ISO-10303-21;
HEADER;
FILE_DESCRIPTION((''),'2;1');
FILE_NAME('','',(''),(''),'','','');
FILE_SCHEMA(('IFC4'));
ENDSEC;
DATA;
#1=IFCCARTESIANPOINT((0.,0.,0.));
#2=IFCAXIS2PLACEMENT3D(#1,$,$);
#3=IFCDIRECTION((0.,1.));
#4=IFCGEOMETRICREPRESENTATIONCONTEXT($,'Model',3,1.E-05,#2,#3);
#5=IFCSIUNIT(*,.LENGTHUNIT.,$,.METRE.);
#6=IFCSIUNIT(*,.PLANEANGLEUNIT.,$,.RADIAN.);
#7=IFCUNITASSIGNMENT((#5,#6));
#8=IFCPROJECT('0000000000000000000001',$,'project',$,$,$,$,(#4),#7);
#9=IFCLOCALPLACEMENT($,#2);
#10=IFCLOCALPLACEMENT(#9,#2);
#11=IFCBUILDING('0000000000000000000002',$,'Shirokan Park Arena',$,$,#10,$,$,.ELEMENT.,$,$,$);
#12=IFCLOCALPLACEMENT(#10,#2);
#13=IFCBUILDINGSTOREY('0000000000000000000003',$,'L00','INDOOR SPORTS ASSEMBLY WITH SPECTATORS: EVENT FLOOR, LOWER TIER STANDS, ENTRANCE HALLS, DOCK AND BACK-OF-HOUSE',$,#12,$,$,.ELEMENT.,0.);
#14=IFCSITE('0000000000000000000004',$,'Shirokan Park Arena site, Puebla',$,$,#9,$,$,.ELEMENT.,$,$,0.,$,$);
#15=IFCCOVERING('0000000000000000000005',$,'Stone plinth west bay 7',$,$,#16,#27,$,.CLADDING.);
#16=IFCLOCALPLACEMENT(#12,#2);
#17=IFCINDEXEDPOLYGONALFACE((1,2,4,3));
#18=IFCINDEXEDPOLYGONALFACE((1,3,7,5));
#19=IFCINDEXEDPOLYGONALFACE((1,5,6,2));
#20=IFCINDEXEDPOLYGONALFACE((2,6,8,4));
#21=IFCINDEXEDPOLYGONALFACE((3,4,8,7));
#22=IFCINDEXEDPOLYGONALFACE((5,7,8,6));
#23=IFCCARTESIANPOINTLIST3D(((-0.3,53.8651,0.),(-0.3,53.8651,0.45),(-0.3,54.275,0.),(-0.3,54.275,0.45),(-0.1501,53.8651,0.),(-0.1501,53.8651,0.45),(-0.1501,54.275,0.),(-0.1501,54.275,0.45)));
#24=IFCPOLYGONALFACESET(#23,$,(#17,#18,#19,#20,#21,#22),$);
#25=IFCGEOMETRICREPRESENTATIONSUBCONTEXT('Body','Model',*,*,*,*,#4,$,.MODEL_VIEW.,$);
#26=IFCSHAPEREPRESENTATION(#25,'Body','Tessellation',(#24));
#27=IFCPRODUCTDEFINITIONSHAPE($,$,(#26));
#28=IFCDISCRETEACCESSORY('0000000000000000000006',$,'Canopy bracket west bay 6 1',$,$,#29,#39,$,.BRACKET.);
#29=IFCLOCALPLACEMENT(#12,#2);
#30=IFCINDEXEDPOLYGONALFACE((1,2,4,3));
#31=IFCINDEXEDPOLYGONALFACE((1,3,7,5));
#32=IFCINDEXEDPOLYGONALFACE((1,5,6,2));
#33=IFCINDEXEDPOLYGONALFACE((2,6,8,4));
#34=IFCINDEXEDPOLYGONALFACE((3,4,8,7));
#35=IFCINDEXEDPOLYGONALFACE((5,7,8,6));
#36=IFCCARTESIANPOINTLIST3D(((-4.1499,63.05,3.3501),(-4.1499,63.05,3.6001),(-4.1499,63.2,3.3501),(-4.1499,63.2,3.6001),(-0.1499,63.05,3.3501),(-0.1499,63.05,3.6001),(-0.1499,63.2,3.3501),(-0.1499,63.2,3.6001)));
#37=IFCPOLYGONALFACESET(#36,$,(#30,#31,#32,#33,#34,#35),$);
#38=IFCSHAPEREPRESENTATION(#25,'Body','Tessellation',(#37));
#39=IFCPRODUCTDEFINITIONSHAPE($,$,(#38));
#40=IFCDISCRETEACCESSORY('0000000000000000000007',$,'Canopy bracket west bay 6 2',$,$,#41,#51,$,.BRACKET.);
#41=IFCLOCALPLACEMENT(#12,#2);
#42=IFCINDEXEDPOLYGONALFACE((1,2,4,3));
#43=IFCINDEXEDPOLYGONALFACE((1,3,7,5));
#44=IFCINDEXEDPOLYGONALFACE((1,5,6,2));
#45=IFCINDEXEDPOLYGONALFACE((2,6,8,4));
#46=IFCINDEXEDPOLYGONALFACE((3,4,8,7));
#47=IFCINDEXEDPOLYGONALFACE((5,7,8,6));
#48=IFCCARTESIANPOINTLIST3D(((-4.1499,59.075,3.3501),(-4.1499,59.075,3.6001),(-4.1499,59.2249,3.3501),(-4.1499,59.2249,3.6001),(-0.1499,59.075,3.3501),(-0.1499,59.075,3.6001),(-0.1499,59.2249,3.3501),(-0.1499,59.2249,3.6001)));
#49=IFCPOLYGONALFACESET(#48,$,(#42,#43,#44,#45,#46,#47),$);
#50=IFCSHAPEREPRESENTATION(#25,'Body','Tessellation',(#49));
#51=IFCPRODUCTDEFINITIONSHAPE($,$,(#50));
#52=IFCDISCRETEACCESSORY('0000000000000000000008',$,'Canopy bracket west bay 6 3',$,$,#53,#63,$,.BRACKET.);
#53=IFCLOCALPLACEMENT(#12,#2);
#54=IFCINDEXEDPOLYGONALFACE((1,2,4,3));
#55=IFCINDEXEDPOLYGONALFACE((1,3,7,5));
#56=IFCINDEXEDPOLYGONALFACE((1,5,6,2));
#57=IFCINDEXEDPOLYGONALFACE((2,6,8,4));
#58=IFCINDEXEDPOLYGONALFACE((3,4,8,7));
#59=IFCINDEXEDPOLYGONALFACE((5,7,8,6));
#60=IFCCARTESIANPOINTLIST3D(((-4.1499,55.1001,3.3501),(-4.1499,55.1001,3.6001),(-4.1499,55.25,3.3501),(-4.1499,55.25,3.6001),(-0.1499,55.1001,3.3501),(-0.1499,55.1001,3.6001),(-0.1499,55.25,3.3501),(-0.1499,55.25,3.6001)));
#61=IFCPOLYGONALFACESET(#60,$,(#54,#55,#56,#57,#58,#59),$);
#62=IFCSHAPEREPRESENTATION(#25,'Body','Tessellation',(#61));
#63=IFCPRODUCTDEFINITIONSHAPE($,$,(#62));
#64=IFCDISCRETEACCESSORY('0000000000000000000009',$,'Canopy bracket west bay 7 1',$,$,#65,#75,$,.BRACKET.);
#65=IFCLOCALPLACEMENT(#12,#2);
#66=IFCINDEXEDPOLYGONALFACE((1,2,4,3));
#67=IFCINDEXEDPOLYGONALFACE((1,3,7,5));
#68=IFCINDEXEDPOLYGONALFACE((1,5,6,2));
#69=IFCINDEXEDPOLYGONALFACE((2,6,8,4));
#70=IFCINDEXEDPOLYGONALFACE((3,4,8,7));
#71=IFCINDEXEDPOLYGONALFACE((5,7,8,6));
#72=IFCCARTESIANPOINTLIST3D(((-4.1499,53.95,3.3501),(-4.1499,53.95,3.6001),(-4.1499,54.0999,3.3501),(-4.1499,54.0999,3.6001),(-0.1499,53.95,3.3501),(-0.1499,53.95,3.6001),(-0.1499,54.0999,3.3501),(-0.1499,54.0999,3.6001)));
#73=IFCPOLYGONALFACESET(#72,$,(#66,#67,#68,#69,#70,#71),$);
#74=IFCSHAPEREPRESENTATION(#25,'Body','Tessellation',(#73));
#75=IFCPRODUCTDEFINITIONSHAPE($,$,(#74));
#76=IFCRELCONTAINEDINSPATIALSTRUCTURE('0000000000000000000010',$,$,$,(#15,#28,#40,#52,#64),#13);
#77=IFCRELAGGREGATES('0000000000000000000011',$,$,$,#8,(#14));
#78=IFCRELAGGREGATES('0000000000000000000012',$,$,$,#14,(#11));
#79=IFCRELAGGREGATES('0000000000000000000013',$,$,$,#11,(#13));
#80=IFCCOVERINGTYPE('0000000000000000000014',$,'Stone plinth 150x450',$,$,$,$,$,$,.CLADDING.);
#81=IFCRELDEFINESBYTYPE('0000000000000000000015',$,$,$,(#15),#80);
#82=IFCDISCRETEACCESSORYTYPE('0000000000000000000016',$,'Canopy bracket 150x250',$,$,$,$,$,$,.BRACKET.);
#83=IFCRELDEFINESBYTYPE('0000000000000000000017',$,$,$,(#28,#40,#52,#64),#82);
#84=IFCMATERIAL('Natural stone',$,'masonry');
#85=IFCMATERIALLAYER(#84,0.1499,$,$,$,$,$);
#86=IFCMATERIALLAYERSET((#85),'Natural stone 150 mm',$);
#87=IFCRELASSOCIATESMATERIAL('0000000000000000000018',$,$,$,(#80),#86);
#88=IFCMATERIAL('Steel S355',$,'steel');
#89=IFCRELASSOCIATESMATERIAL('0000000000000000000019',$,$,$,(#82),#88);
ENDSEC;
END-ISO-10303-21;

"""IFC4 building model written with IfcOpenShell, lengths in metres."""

from ifc_helpers import new_model, si_unit, direction, frame, origin, origin_2d, place, context, subcontext, project, spatial, rectangle, extrude, material, layer, layer_set, type_object, element, save


model = new_model("IFC4")

# Units and contexts
model_context = context("Model", 3, precision=1e-05, world=origin(), true_north=direction((0.0, 1.0)))
body_context = subcontext(model_context, "Body", "Model", "MODEL_VIEW")
ifc_project = project(units=[si_unit("LENGTHUNIT", "METRE"), si_unit("PLANEANGLEUNIT", "RADIAN")], contexts=[model_context])

# Site, building, storey
site_placement = place(None, origin())
site = spatial("IfcSite", under=ifc_project, at=site_placement, Name="Shirokan Park Arena site, Puebla", CompositionType="ELEMENT", RefElevation=0.0)
building_placement = place(site_placement, origin())
building = spatial("IfcBuilding", under=site, at=building_placement, Name="Shirokan Park Arena", CompositionType="ELEMENT")
storey_placement = place(building_placement, origin())
storey = spatial("IfcBuildingStorey", under=building, at=storey_placement, Name="L00", Description="INDOOR SPORTS ASSEMBLY WITH SPECTATORS: EVENT FLOOR, LOWER TIER STANDS, ENTRANCE HALLS, DOCK AND BACK-OF-HOUSE", CompositionType="ELEMENT", Elevation=0.0)

# Shared definitions
ifc_material_1 = material(Name="Steel S355", Category="steel")

# Covering
ifc_material_2 = material(Name="Natural stone", Category="masonry")
ifc_layer_1 = layer(ifc_material_2, 0.1499)
ifc_layer_set_1 = layer_set([ifc_layer_1], Name="Natural stone 150 mm")
covering_type_1 = type_object("IfcCoveringType", Name="Stone plinth 150x450", PredefinedType="CLADDING", material=ifc_layer_set_1)
for number, where, z_axis, x_axis, name in (
    (1, (-0.2251, 54.0701, 0.0), (0.0, 0.0, 1.0), (0.0, -1.0, 0.0), "Stone plinth west bay 7"),
):
    element("IfcCovering", number, at=place(storey_placement, frame(where, z_axis=z_axis, x_axis=x_axis)), inside=storey, type_object=covering_type_1, Name=name, PredefinedType="CLADDING", context=body_context, shape_type="SweptSolid", body=[
        extrude(rectangle(XDim=0.4099, YDim=0.1499, at=origin_2d()), origin(), (0.0, 0.0, 1.0), 0.45),
    ])

# Discrete accessories
discrete_accessory_type = type_object("IfcDiscreteAccessoryType", Name="Canopy bracket 150x250", PredefinedType="BRACKET", material=ifc_material_1)
for number, where, z_axis, x_axis, name in (
    (2, (-2.1499, 63.125, 3.3501), (0.0, 0.0, 1.0), (0.0, -1.0, 0.0), "Canopy bracket west bay 6 1"),
    (3, (-2.1499, 59.1499, 3.3501), (0.0, 0.0, 1.0), (0.0, -1.0, 0.0), "Canopy bracket west bay 6 2"),
    (4, (-2.1499, 55.175, 3.3501), (0.0, 0.0, 1.0), (0.0, -1.0, 0.0), "Canopy bracket west bay 6 3"),
    (5, (-2.1499, 54.0249, 3.3501), (0.0, 0.0, 1.0), (0.0, -1.0, 0.0), "Canopy bracket west bay 7 1"),
):
    element("IfcDiscreteAccessory", number, at=place(storey_placement, frame(where, z_axis=z_axis, x_axis=x_axis)), inside=storey, type_object=discrete_accessory_type, Name=name, PredefinedType="BRACKET", context=body_context, shape_type="SweptSolid", body=[
        extrude(rectangle(XDim=0.1499, YDim=4.0, at=origin_2d()), origin(), (0.0, 0.0, 1.0), 0.25),
    ])

save(model, "model.ifc")
